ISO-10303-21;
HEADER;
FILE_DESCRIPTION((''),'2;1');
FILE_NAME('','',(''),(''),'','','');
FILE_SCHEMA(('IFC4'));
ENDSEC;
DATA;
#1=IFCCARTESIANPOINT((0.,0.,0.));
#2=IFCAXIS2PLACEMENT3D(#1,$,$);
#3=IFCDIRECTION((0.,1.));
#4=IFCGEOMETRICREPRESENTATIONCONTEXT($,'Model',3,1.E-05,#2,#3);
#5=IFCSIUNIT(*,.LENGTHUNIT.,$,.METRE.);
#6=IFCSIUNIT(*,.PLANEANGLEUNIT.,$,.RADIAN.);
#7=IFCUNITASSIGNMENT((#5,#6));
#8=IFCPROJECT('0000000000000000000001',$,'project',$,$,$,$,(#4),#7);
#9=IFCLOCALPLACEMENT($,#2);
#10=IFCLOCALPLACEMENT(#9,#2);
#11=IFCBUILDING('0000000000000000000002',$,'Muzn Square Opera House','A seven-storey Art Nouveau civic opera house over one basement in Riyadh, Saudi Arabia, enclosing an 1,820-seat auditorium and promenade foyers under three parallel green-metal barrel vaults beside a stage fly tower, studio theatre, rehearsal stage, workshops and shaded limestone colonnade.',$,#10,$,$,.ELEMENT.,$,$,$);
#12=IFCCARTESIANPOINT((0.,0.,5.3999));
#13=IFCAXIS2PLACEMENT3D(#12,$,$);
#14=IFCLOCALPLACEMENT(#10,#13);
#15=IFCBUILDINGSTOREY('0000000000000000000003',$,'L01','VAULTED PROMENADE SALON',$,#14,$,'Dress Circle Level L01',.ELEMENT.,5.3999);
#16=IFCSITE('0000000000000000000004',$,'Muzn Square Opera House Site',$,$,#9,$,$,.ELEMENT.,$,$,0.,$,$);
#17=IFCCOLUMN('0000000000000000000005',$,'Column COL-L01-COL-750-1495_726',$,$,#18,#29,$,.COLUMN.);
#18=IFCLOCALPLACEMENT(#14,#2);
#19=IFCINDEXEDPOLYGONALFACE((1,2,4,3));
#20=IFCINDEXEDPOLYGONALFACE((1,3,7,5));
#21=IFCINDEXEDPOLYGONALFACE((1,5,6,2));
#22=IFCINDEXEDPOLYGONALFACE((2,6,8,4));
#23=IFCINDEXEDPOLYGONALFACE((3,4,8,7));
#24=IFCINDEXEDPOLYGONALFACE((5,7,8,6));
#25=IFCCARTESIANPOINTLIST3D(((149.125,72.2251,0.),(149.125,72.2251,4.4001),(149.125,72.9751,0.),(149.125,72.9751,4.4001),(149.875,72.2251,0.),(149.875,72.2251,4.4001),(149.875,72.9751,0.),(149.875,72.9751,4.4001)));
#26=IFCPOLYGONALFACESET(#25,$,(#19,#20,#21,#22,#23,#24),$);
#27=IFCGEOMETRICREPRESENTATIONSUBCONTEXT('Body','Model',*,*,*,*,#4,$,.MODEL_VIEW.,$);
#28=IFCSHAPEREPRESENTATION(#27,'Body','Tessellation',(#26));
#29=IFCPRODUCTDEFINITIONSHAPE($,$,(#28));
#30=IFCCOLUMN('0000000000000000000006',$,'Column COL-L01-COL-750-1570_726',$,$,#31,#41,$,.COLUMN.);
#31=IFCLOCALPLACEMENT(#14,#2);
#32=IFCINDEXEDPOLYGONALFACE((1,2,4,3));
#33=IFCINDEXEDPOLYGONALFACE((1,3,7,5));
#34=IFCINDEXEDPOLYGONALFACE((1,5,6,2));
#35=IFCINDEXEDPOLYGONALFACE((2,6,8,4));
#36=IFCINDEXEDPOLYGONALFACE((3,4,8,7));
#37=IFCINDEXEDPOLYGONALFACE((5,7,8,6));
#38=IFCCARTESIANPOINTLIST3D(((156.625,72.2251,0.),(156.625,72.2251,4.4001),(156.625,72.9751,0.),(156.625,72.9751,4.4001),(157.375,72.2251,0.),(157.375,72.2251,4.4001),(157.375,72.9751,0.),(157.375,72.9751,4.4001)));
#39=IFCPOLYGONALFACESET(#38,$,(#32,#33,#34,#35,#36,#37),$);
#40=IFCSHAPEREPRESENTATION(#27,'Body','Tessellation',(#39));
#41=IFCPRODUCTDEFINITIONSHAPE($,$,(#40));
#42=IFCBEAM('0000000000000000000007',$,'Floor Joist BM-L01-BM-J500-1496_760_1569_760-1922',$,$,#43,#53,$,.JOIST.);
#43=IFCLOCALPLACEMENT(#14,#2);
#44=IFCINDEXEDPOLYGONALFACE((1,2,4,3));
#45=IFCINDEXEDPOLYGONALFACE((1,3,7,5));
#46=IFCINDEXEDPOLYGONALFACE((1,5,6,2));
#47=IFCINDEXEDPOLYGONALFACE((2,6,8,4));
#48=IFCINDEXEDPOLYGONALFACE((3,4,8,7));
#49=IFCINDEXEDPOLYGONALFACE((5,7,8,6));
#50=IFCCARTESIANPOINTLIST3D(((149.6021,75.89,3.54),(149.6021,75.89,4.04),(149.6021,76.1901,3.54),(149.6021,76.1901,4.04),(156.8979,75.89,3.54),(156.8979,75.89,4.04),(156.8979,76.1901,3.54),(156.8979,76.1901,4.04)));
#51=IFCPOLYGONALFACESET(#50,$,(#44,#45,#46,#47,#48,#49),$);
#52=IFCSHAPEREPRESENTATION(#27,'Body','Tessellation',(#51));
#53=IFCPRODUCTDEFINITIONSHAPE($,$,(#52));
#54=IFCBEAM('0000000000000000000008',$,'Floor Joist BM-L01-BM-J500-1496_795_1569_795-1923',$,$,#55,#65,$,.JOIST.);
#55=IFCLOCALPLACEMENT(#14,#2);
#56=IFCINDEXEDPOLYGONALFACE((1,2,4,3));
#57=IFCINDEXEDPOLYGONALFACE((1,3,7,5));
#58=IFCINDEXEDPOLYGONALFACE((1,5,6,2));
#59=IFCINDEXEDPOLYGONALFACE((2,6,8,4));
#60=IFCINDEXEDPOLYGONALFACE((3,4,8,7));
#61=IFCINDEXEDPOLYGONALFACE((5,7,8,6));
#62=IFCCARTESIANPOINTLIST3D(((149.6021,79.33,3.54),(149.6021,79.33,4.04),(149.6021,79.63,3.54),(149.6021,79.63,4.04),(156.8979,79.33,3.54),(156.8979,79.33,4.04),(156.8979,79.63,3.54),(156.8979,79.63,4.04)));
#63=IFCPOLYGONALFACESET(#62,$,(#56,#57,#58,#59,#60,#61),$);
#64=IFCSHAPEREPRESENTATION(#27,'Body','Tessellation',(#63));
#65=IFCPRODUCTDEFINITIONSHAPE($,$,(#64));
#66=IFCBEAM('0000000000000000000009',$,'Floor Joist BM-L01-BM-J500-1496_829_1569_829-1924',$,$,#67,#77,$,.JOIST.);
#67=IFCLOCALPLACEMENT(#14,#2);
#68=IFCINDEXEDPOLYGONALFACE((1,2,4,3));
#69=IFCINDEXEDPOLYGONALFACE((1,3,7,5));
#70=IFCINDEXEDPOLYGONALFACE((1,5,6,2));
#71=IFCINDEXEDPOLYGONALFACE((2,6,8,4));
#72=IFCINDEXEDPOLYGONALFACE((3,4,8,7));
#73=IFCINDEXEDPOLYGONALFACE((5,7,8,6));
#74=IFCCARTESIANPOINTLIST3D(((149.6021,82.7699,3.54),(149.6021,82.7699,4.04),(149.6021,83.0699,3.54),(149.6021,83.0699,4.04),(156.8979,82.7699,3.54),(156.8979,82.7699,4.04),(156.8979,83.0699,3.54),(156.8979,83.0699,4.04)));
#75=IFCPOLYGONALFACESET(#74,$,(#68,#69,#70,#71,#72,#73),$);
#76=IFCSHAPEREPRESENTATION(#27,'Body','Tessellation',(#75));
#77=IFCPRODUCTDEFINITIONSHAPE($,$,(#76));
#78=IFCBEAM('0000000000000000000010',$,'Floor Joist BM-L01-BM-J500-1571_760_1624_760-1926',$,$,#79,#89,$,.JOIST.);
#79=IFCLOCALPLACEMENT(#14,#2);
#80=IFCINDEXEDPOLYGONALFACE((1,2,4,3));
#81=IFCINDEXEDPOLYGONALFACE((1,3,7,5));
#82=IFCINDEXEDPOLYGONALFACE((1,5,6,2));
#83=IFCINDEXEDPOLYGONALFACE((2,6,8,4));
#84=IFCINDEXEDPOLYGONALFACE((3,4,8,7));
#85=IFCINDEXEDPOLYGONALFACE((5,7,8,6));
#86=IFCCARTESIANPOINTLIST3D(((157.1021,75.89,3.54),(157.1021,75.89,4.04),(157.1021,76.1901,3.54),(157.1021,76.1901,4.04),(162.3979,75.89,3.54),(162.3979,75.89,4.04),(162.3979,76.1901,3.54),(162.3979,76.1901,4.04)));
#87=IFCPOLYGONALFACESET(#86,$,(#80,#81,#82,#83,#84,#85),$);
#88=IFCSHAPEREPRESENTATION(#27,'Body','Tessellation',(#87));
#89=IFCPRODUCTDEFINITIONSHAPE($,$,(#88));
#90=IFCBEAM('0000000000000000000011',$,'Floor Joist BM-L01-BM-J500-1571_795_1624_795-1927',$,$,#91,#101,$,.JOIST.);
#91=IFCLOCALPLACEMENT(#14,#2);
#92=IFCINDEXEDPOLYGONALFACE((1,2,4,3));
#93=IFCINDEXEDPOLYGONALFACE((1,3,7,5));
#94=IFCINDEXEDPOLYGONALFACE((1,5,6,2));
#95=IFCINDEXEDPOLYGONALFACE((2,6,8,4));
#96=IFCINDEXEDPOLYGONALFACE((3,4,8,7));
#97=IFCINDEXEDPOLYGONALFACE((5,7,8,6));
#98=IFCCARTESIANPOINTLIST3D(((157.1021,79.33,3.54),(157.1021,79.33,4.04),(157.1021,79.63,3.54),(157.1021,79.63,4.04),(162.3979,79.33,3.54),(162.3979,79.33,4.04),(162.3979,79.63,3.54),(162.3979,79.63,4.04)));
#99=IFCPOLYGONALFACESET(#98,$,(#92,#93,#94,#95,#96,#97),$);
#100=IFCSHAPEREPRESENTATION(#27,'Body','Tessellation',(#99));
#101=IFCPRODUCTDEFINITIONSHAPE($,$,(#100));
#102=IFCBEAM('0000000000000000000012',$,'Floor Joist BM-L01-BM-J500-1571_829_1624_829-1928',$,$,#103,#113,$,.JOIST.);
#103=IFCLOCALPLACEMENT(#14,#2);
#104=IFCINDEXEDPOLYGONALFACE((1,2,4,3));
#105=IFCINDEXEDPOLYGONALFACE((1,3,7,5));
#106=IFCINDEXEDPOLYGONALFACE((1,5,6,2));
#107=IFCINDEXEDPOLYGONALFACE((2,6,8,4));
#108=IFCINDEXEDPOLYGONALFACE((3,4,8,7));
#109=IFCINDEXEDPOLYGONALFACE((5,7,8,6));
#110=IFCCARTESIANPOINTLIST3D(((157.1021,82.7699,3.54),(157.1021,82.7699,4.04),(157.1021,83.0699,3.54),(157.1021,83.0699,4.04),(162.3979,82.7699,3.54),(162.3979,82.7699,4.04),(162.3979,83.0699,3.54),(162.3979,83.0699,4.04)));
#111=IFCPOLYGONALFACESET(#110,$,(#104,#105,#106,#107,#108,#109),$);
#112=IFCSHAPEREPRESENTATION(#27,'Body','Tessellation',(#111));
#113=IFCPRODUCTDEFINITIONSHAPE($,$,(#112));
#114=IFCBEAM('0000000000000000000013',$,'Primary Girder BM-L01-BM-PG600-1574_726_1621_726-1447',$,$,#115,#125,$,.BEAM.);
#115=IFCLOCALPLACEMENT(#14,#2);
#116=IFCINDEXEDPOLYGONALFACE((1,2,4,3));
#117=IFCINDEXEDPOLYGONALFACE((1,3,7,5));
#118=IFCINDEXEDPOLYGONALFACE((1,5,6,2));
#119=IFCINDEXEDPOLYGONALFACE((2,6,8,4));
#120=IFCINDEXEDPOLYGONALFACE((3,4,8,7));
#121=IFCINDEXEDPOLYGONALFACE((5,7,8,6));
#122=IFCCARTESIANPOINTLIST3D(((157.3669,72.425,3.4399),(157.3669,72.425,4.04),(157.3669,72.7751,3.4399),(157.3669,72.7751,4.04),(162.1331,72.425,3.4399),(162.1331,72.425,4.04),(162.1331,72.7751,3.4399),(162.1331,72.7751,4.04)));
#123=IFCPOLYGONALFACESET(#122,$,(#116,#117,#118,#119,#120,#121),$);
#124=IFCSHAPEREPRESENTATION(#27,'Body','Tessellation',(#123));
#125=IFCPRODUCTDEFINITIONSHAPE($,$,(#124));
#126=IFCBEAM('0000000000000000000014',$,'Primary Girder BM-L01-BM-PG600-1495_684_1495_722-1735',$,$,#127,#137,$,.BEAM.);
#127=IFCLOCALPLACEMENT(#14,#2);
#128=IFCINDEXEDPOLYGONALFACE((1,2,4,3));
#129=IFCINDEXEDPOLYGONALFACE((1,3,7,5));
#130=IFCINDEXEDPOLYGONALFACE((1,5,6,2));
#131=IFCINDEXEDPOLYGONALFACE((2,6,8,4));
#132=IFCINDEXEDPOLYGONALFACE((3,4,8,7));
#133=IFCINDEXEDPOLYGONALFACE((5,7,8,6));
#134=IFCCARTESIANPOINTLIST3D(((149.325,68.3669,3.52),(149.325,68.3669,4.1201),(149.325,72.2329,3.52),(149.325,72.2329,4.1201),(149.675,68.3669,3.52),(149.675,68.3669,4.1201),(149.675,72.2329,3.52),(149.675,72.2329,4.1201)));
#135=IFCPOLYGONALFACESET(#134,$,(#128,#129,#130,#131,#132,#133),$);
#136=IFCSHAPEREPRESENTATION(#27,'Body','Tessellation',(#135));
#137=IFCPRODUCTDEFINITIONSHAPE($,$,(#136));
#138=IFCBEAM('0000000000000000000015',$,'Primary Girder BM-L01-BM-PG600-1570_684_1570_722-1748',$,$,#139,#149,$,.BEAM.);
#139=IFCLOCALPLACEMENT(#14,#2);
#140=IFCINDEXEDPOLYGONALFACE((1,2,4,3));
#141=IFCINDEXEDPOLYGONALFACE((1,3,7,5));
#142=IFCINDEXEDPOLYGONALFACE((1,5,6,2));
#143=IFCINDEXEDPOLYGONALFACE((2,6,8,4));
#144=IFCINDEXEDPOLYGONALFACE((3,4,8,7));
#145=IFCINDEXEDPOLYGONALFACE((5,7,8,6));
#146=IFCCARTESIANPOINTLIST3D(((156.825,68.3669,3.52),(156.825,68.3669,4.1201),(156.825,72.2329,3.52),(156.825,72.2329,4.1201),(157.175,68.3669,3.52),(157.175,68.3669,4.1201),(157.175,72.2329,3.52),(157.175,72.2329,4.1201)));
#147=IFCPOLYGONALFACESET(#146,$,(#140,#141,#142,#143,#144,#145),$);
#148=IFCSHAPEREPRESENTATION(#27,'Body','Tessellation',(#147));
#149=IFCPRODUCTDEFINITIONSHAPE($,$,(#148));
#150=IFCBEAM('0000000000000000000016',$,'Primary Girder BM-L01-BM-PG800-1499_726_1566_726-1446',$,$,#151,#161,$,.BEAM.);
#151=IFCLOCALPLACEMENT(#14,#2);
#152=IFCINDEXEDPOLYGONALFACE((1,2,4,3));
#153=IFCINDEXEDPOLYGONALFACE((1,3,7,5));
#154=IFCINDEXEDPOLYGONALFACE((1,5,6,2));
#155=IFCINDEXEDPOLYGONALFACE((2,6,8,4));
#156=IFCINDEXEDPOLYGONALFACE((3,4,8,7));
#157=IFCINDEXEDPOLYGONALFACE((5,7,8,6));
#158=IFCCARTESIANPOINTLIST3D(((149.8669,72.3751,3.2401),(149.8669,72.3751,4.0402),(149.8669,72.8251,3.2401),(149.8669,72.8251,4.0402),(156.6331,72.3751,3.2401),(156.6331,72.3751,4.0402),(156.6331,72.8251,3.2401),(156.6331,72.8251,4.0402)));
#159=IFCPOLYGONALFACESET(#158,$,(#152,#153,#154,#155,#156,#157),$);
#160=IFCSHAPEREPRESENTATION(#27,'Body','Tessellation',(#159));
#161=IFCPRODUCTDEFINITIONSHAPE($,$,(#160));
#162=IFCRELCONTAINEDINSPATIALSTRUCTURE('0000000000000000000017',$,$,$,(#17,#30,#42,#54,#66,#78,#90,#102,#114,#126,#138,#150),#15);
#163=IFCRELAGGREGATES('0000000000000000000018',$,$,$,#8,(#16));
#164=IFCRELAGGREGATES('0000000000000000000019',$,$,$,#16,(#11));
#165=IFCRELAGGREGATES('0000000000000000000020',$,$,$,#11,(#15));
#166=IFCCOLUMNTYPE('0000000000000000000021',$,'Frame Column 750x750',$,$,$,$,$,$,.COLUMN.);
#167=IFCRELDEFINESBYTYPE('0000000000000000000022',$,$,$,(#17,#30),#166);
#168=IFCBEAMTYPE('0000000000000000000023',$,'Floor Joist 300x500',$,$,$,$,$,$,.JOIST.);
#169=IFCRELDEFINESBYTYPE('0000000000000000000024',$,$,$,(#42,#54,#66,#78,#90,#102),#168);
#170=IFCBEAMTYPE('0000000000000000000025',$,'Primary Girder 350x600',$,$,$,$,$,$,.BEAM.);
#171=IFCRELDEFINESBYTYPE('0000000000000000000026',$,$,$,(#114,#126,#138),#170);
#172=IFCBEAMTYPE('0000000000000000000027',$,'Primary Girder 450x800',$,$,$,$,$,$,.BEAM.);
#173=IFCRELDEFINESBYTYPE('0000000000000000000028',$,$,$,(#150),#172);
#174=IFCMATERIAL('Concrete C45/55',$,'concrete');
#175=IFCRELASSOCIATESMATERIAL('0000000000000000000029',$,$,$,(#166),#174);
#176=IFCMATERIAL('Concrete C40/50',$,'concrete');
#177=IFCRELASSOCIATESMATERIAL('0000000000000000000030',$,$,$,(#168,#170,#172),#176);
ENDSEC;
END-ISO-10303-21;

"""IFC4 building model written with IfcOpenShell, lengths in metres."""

from ifc_helpers import new_model, si_unit, direction, frame, origin, origin_2d, place, context, subcontext, project, spatial, rectangle, extrude, material, material_profile, profile_set, type_object, element, save


model = new_model("IFC4")

# Units and contexts
model_context = context("Model", 3, precision=1e-05, world=origin(), true_north=direction((0.0, 1.0)))
body_context = subcontext(model_context, "Body", "Model", "MODEL_VIEW")
ifc_project = project(units=[si_unit("LENGTHUNIT", "METRE"), si_unit("PLANEANGLEUNIT", "RADIAN")], contexts=[model_context])

# Site, building, storey
site_placement = place(None, origin())
site = spatial("IfcSite", under=ifc_project, at=site_placement, Name="Muzn Square Opera House Site", CompositionType="ELEMENT", RefElevation=0.0)
building_placement = place(site_placement, origin())
building = spatial("IfcBuilding", under=site, at=building_placement, Name="Muzn Square Opera House", Description="A seven-storey Art Nouveau civic opera house over one basement in Riyadh, Saudi Arabia, enclosing an 1,820-seat auditorium and promenade foyers under three parallel green-metal barrel vaults beside a stage fly tower, studio theatre, rehearsal stage, workshops and shaded limestone colonnade.", CompositionType="ELEMENT")
storey_placement = place(building_placement, frame((0.0, 0.0, 5.3999)))
storey = spatial("IfcBuildingStorey", under=building, at=storey_placement, Name="L01", Description="VAULTED PROMENADE SALON", LongName="Dress Circle Level L01", CompositionType="ELEMENT", Elevation=5.3999)

# Columns
ifc_material_1 = material(Name="Concrete C45/55", Category="concrete")
ifc_material_profile_1 = material_profile(ifc_material_1, rectangle(XDim=0.75, YDim=0.75, at=origin_2d()), Name="RC 750x750", Category="concrete")
ifc_profile_set_1 = profile_set([ifc_material_profile_1], Name="Concrete C45/55")
column_type = type_object("IfcColumnType", Name="Frame Column 750x750", PredefinedType="COLUMN", material=ifc_profile_set_1)
for number, where, z_axis, x_axis, name in (
    (1, (149.5, 72.6001, 0.0), (0.0, 0.0, 1.0), (1.0, 0.0, 0.0), "Column COL-L01-COL-750-1495_726"),
    (2, (157.0, 72.6001, 0.0), (0.0, 0.0, 1.0), (1.0, 0.0, 0.0), "Column COL-L01-COL-750-1570_726"),
):
    element("IfcColumn", number, at=place(storey_placement, frame(where, z_axis=z_axis, x_axis=x_axis)), inside=storey, type_object=column_type, Name=name, PredefinedType="COLUMN", context=body_context, shape_type="SweptSolid", body=[
        extrude(rectangle(XDim=0.75, YDim=0.75, at=origin_2d()), origin(), (0.0, 0.0, 1.0), 4.4001),
    ])

# Beams
ifc_material_2 = material(Name="Concrete C40/50", Category="concrete")
ifc_material_profile_2 = material_profile(ifc_material_2, rectangle(XDim=0.3, YDim=0.5, at=origin_2d()), Name="RCJ 300x500", Category="concrete")
ifc_profile_set_2 = profile_set([ifc_material_profile_2], Name="Concrete C40/50")
beam_type_1 = type_object("IfcBeamType", Name="Floor Joist 300x500", PredefinedType="JOIST", material=ifc_profile_set_2)
for number, where, z_axis, x_axis, name in (
    (3, (149.6021, 76.04, 3.79), (1.0, 0.0, 0.0), (0.0, 1.0, 0.0), "Floor Joist BM-L01-BM-J500-1496_760_1569_760-1922"),
    (4, (149.6021, 79.48, 3.79), (1.0, 0.0, 0.0), (0.0, 1.0, 0.0), "Floor Joist BM-L01-BM-J500-1496_795_1569_795-1923"),
    (5, (149.6021, 82.9199, 3.79), (1.0, 0.0, 0.0), (0.0, 1.0, 0.0), "Floor Joist BM-L01-BM-J500-1496_829_1569_829-1924"),
):
    element("IfcBeam", number, at=place(storey_placement, frame(where, z_axis=z_axis, x_axis=x_axis)), inside=storey, type_object=beam_type_1, Name=name, PredefinedType="JOIST", context=body_context, shape_type="SweptSolid", body=[
        extrude(rectangle(XDim=0.3, YDim=0.5, at=origin_2d()), origin(), (0.0, 0.0, 1.0), 7.2959),
    ])
for number, where, z_axis, x_axis, name in (
    (6, (157.1021, 76.04, 3.79), (1.0, 0.0, 0.0), (0.0, 1.0, 0.0), "Floor Joist BM-L01-BM-J500-1571_760_1624_760-1926"),
    (7, (157.1021, 79.48, 3.79), (1.0, 0.0, 0.0), (0.0, 1.0, 0.0), "Floor Joist BM-L01-BM-J500-1571_795_1624_795-1927"),
    (8, (157.1021, 82.9199, 3.79), (1.0, 0.0, 0.0), (0.0, 1.0, 0.0), "Floor Joist BM-L01-BM-J500-1571_829_1624_829-1928"),
):
    element("IfcBeam", number, at=place(storey_placement, frame(where, z_axis=z_axis, x_axis=x_axis)), inside=storey, type_object=beam_type_1, Name=name, PredefinedType="JOIST", context=body_context, shape_type="SweptSolid", body=[
        extrude(rectangle(XDim=0.3, YDim=0.5, at=origin_2d()), origin(), (0.0, 0.0, 1.0), 5.2959),
    ])
ifc_material_profile_3 = material_profile(ifc_material_2, rectangle(XDim=0.3501, YDim=0.6001, at=origin_2d()), Name="RCB 350x600", Category="concrete")
ifc_profile_set_3 = profile_set([ifc_material_profile_3], Name="Concrete C40/50")
beam_type_2 = type_object("IfcBeamType", Name="Primary Girder 350x600", PredefinedType="BEAM", material=ifc_profile_set_3)
beam_1_placement = place(storey_placement, frame((157.3669, 72.6001, 3.74), z_axis=(1.0, 0.0, 0.0), x_axis=(0.0, 1.0, 0.0)))
element("IfcBeam", 9, at=beam_1_placement, inside=storey, type_object=beam_type_2, Name="Primary Girder BM-L01-BM-PG600-1574_726_1621_726-1447", PredefinedType="BEAM", context=body_context, shape_type="SweptSolid", body=[
    extrude(rectangle(XDim=0.3501, YDim=0.6001, at=origin_2d()), origin(), (0.0, 0.0, 1.0), 4.7661),
])
for number, where, z_axis, x_axis, name in (
    (10, (149.5, 68.3669, 3.8201), (0.0, 1.0, 0.0), (-1.0, 0.0, 0.0), "Primary Girder BM-L01-BM-PG600-1495_684_1495_722-1735"),
    (11, (157.0, 68.3669, 3.8201), (0.0, 1.0, 0.0), (-1.0, 0.0, 0.0), "Primary Girder BM-L01-BM-PG600-1570_684_1570_722-1748"),
):
    element("IfcBeam", number, at=place(storey_placement, frame(where, z_axis=z_axis, x_axis=x_axis)), inside=storey, type_object=beam_type_2, Name=name, PredefinedType="BEAM", context=body_context, shape_type="SweptSolid", body=[
        extrude(rectangle(XDim=0.3501, YDim=0.6001, at=origin_2d()), origin(), (0.0, 0.0, 1.0), 3.866),
    ])
ifc_material_profile_4 = material_profile(ifc_material_2, rectangle(XDim=0.45, YDim=0.8, at=origin_2d()), Name="RCB 450x800", Category="concrete")
ifc_profile_set_4 = profile_set([ifc_material_profile_4], Name="Concrete C40/50")
beam_type_3 = type_object("IfcBeamType", Name="Primary Girder 450x800", PredefinedType="BEAM", material=ifc_profile_set_4)
beam_2_placement = place(storey_placement, frame((149.8669, 72.6001, 3.6401), z_axis=(1.0, 0.0, 0.0), x_axis=(0.0, 1.0, 0.0)))
element("IfcBeam", 12, at=beam_2_placement, inside=storey, type_object=beam_type_3, Name="Primary Girder BM-L01-BM-PG800-1499_726_1566_726-1446", PredefinedType="BEAM", context=body_context, shape_type="SweptSolid", body=[
    extrude(rectangle(XDim=0.45, YDim=0.8, at=origin_2d()), origin(), (0.0, 0.0, 1.0), 6.7661),
])

save(model, "model.ifc")
